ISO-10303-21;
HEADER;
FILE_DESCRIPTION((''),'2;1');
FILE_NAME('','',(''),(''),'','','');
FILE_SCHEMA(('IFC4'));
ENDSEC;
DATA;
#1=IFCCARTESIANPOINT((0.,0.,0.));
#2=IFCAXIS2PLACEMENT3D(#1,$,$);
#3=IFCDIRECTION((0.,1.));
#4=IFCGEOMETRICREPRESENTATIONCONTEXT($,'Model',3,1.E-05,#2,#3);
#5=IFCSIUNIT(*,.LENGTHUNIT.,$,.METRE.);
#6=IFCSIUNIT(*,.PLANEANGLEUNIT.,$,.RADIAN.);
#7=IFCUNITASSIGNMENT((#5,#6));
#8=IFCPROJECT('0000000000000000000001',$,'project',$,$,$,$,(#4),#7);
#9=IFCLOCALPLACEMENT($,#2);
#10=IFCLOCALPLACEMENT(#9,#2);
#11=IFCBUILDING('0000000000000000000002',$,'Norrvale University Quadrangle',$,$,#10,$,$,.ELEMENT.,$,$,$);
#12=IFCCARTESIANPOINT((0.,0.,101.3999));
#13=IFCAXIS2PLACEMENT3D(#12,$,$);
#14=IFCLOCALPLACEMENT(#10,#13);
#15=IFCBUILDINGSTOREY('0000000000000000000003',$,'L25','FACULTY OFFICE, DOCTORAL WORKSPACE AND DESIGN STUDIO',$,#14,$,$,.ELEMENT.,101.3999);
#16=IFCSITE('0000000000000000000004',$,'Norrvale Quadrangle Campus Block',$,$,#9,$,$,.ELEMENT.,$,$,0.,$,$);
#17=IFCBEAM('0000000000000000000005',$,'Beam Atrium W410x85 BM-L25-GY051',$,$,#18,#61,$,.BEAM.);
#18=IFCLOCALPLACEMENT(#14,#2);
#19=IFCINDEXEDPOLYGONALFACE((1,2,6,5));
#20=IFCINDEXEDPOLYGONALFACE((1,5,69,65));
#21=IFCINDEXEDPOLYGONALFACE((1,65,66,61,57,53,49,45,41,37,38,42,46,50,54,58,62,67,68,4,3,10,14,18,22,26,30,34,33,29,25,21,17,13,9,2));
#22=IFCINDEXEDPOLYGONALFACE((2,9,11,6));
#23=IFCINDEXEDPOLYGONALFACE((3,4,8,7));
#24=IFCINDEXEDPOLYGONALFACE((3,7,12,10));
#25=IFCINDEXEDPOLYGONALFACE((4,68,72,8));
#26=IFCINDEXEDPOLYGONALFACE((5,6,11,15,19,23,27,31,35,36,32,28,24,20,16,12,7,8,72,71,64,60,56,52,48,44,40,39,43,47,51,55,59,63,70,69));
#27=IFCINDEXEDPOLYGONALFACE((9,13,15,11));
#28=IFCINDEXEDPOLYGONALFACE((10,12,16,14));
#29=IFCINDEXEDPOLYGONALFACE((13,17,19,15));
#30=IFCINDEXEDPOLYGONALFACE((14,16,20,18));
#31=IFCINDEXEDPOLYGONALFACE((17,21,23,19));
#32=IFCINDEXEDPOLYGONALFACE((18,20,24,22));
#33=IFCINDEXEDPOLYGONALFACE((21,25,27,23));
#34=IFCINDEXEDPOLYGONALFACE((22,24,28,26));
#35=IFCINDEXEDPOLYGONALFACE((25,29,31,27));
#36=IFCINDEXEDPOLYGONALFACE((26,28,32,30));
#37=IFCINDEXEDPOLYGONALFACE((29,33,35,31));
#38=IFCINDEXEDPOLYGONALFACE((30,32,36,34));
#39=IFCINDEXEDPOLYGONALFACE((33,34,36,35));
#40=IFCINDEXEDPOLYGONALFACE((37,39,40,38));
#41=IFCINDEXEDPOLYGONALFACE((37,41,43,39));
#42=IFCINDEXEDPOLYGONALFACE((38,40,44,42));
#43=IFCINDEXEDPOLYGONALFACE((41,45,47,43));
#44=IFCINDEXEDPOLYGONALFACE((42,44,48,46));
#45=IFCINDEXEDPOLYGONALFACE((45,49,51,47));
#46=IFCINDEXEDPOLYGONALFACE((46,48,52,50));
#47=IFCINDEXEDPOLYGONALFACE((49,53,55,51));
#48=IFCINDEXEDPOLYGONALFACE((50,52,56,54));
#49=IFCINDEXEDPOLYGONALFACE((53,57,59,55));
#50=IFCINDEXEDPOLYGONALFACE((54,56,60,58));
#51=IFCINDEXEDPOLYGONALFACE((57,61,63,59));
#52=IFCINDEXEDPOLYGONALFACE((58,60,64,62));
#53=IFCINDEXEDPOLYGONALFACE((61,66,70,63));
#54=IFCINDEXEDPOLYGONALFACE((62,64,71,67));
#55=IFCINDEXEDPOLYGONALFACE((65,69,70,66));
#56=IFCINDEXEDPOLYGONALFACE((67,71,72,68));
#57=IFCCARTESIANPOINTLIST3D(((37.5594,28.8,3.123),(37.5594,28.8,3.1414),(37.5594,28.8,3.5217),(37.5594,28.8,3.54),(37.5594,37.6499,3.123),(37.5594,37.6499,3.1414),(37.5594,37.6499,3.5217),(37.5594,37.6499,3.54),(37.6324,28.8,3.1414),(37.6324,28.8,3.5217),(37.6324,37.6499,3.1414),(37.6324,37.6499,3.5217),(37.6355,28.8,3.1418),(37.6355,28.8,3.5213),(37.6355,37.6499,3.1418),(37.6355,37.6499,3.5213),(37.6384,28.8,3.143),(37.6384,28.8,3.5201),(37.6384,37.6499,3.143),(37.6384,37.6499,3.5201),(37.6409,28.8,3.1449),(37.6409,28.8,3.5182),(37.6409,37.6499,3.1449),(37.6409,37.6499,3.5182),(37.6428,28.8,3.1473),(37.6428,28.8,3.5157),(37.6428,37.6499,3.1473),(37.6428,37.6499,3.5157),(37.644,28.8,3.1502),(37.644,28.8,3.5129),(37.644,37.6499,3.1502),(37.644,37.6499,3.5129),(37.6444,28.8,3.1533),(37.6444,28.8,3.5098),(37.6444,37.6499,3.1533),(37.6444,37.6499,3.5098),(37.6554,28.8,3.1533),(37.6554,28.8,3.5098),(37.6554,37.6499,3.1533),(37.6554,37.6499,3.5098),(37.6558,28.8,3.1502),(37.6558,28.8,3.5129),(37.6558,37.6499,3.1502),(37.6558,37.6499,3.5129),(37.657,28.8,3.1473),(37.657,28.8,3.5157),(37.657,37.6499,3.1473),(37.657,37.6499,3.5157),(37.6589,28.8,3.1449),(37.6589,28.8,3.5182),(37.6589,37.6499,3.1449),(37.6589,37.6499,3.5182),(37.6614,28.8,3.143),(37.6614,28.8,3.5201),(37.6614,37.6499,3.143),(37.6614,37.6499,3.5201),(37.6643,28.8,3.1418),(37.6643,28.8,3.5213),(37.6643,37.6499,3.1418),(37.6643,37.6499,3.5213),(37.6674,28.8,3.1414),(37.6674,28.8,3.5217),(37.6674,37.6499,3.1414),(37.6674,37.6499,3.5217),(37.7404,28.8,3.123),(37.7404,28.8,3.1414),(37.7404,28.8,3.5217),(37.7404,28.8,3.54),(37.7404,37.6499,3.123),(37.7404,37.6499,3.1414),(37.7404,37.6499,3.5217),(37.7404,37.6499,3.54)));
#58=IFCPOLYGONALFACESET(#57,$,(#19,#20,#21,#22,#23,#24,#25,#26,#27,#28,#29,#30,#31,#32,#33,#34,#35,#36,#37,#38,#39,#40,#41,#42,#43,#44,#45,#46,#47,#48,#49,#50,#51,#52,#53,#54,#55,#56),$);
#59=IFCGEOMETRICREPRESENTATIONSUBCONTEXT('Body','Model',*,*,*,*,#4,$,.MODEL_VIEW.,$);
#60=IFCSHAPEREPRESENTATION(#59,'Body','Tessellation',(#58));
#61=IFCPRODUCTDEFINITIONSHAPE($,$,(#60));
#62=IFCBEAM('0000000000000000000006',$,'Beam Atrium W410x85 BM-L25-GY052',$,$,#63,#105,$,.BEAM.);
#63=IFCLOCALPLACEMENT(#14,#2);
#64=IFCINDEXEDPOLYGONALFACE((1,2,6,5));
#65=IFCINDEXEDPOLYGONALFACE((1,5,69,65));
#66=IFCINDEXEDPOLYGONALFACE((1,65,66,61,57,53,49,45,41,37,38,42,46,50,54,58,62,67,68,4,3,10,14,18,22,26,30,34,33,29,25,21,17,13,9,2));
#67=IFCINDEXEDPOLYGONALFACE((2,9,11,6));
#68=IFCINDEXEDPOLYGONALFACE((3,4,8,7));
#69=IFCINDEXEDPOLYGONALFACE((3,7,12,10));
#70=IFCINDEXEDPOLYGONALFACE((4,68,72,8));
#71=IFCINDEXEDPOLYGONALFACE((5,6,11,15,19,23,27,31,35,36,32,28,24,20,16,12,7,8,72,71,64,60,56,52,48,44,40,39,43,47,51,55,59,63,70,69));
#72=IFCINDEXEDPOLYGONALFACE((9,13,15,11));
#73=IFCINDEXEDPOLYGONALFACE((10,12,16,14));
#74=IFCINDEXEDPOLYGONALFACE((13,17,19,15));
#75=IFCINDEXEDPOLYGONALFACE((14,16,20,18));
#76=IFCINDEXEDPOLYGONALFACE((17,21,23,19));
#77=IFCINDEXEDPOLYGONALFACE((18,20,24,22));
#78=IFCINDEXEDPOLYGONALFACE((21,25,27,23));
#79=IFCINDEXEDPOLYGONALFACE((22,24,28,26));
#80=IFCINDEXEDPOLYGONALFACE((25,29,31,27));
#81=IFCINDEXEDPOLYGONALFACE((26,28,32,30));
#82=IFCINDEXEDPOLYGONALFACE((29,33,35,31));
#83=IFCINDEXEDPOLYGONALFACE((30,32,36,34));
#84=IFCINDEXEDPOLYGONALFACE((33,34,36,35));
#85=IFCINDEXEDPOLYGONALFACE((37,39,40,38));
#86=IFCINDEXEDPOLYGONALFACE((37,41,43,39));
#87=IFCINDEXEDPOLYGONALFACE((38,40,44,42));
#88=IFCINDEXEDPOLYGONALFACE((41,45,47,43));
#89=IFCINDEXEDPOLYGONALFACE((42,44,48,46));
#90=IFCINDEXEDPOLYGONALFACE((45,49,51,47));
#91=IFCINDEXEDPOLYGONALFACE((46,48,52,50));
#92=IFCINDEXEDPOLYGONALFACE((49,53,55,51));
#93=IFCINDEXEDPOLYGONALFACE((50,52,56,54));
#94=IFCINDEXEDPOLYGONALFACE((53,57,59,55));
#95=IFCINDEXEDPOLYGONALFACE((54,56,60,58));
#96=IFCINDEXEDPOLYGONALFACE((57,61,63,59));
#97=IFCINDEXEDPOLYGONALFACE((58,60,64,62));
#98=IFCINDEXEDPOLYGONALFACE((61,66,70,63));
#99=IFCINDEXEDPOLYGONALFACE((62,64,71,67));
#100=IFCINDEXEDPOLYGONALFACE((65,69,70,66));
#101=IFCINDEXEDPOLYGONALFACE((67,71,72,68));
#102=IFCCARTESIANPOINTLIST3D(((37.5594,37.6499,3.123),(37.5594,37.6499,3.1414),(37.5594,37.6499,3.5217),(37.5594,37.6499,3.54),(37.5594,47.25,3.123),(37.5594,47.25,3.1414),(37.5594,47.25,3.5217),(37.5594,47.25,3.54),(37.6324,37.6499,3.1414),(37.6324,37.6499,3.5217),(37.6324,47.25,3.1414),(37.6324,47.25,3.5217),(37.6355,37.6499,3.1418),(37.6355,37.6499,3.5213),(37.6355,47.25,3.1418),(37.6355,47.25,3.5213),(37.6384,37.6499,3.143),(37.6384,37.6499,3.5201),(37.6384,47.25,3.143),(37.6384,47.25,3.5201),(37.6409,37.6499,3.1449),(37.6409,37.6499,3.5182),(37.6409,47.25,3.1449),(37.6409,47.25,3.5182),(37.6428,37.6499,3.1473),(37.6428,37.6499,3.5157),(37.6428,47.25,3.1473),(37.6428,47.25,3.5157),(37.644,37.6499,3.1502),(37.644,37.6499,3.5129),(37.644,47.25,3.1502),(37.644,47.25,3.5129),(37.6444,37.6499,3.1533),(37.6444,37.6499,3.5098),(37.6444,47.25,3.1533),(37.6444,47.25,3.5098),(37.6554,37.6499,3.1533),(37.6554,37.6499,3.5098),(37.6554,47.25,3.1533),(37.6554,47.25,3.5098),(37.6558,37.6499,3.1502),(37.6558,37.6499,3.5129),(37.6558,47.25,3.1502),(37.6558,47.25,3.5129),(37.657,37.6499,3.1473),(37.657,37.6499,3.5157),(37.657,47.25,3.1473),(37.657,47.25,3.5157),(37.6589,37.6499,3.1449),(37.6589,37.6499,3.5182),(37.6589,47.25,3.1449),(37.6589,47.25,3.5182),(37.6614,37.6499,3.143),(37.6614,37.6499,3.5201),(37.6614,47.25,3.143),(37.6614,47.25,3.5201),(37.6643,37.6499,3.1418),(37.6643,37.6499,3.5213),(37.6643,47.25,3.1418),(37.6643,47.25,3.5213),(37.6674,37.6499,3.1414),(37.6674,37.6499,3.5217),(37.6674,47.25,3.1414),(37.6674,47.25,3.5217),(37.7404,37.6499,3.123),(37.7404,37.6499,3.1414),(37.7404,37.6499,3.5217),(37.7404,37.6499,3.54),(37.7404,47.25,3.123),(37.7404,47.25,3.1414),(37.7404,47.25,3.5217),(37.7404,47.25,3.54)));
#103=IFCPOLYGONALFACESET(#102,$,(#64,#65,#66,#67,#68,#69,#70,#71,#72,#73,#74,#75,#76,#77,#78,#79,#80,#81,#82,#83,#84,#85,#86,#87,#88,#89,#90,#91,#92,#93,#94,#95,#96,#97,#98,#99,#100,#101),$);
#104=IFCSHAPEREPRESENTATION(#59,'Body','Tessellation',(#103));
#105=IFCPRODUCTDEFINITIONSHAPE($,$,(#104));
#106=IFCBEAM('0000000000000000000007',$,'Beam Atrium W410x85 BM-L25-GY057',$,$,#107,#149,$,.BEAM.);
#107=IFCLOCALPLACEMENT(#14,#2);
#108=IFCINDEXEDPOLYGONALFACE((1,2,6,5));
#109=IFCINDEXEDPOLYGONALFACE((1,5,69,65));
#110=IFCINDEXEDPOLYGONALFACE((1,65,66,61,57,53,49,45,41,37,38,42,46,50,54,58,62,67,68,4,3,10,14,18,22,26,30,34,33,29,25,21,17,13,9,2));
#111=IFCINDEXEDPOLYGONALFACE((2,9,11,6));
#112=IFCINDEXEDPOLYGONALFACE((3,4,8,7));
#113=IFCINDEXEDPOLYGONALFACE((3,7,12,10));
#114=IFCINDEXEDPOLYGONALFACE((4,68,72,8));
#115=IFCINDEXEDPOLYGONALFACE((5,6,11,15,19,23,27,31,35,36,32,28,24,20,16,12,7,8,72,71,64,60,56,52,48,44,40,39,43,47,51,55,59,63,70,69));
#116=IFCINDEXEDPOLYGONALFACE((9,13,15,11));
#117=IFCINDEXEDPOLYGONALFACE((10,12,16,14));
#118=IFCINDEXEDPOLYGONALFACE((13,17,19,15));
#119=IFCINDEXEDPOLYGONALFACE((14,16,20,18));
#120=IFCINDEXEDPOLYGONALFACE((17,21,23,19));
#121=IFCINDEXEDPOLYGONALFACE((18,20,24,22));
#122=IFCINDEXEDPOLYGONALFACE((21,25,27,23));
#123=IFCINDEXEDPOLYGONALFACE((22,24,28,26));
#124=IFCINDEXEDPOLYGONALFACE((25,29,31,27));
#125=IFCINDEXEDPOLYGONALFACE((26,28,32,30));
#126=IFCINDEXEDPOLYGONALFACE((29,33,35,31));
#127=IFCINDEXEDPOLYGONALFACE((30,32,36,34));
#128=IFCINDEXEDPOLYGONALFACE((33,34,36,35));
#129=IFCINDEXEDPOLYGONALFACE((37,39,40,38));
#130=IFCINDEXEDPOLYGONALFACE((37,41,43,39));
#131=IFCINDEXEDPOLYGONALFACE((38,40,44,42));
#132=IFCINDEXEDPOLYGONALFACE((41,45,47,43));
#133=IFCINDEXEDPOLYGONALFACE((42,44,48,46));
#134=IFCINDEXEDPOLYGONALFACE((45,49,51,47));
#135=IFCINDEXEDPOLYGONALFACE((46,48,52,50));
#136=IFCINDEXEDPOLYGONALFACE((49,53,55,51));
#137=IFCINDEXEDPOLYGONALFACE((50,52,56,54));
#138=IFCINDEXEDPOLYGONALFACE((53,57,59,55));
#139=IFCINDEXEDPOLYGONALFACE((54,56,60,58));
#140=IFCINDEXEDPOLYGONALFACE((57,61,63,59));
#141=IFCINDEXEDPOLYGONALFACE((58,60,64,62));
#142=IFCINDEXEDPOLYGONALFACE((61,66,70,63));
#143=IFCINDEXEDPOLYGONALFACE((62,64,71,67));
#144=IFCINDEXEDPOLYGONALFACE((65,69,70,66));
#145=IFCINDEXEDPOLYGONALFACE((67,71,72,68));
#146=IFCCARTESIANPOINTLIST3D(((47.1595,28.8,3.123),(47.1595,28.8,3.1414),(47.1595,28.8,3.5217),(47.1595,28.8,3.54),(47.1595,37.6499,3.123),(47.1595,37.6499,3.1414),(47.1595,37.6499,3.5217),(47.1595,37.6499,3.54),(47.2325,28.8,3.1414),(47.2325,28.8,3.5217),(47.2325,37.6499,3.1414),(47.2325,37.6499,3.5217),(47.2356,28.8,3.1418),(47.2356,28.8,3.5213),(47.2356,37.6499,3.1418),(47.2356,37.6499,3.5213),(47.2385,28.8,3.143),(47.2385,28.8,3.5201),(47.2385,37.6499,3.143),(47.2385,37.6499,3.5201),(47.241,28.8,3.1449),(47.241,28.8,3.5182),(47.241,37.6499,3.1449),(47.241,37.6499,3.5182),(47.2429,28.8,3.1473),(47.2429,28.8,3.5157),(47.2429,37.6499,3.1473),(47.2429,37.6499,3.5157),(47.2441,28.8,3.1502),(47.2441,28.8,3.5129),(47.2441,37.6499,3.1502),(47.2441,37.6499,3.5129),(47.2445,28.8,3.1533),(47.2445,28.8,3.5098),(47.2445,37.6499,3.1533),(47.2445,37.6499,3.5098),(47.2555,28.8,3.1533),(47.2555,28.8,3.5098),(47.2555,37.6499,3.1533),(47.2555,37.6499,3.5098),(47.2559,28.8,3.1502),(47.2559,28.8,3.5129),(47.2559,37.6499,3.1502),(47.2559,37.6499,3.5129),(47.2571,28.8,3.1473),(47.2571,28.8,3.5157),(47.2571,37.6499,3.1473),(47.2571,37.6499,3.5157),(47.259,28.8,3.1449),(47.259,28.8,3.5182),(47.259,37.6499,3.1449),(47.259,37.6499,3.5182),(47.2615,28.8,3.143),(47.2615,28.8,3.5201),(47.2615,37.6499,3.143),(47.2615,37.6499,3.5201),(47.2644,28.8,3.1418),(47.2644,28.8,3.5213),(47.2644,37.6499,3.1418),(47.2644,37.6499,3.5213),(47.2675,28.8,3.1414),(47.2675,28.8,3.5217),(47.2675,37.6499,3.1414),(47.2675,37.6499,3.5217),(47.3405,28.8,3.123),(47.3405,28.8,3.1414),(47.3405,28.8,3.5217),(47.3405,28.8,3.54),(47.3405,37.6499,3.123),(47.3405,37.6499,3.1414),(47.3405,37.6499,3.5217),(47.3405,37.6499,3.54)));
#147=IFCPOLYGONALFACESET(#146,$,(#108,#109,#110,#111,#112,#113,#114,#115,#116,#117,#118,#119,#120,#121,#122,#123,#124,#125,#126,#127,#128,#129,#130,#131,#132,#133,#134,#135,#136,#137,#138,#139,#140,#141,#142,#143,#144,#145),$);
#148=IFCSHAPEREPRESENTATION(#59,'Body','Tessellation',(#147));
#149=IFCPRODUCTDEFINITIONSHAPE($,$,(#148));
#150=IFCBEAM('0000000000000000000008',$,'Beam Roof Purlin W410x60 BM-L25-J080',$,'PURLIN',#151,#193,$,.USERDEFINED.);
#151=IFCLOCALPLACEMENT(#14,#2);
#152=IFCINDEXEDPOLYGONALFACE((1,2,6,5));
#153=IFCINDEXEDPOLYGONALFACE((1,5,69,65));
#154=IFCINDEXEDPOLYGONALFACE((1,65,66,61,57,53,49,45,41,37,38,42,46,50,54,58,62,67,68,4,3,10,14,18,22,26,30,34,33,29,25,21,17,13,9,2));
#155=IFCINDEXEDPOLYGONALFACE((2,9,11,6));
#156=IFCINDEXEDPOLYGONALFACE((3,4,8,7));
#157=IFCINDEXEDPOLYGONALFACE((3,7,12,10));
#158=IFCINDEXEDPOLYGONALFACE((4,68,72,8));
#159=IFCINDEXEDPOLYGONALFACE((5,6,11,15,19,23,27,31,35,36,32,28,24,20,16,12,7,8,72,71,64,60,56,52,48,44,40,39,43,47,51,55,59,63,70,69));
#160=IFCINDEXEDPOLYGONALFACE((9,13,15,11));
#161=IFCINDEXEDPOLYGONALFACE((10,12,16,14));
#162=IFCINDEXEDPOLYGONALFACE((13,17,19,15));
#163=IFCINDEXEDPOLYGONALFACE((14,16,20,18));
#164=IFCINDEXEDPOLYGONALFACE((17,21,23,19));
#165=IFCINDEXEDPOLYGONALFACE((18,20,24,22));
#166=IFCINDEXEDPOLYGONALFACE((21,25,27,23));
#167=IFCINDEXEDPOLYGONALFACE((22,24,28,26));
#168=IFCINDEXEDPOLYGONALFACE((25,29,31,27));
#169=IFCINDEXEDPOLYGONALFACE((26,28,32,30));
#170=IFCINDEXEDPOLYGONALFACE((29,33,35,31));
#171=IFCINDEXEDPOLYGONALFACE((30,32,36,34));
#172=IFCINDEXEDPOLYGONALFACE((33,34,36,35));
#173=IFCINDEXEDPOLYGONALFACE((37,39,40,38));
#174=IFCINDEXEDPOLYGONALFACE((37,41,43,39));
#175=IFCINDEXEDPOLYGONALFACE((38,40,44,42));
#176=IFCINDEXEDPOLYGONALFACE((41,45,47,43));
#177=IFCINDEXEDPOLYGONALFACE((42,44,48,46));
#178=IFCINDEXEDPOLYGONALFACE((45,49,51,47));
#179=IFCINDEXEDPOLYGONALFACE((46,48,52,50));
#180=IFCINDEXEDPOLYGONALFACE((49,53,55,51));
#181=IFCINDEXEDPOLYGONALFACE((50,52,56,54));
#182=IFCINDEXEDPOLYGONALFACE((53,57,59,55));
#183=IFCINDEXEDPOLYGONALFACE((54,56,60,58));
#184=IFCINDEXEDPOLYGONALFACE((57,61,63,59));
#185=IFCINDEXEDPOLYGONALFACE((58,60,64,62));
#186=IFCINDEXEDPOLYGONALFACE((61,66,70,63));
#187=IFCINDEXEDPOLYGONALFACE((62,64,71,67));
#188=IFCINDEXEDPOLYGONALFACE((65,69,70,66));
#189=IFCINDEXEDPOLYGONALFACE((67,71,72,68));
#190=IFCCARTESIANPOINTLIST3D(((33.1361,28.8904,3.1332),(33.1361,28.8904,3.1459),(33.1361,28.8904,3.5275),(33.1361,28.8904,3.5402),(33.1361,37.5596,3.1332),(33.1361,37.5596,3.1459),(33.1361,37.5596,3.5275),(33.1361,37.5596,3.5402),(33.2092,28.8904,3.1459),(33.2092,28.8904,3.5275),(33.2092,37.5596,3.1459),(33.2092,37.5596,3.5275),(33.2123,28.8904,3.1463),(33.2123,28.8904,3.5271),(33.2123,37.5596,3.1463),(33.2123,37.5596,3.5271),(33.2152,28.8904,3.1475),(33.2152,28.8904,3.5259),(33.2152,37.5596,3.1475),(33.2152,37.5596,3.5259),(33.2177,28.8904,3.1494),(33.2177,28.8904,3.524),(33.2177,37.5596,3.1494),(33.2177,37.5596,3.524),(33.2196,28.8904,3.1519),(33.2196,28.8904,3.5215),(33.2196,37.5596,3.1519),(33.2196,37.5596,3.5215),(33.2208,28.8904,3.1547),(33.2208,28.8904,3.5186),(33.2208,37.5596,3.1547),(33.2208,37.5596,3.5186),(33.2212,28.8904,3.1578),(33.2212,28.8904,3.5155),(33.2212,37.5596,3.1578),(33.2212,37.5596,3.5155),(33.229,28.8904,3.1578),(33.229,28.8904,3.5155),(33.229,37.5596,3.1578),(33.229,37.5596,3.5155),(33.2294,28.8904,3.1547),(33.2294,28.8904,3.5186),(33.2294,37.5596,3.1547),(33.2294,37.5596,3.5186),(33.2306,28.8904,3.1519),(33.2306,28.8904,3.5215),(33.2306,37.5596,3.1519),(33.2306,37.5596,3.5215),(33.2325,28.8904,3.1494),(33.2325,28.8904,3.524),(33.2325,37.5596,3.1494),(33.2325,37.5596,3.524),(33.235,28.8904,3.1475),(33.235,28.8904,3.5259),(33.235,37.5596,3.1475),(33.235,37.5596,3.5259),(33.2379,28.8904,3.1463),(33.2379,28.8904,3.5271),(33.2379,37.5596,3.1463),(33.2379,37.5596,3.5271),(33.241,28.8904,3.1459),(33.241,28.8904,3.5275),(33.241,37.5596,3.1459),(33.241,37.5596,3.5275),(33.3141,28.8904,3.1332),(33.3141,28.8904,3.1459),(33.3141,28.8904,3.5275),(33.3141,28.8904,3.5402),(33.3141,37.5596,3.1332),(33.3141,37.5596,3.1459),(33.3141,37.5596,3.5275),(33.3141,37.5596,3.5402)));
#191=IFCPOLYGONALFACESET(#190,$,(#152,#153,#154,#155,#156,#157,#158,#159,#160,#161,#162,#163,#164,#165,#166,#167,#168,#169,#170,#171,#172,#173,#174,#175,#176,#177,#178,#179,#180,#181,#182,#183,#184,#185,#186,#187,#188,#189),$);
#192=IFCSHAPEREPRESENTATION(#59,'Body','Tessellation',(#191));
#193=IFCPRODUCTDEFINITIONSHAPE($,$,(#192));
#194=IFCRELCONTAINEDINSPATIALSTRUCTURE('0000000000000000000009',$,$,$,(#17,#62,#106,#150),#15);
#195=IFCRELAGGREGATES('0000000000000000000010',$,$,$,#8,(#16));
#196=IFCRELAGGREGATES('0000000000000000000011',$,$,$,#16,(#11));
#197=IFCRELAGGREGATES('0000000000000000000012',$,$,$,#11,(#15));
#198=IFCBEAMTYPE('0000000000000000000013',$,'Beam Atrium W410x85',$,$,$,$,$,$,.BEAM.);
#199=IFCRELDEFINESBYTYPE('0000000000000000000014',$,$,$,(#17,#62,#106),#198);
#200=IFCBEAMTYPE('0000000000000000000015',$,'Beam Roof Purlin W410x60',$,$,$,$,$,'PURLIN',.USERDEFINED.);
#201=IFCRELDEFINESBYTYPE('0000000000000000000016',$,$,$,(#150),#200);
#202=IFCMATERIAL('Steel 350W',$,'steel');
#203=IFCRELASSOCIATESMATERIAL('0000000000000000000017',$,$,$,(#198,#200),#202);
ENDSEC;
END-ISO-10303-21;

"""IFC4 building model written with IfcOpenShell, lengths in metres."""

from ifc_helpers import new_model, si_unit, direction, frame, origin, origin_2d, place, context, subcontext, project, spatial, i_section, extrude, material, material_profile, profile_set, type_object, element, save


model = new_model("IFC4")

# Units and contexts
model_context = context("Model", 3, precision=1e-05, world=origin(), true_north=direction((0.0, 1.0)))
body_context = subcontext(model_context, "Body", "Model", "MODEL_VIEW")
ifc_project = project(units=[si_unit("LENGTHUNIT", "METRE"), si_unit("PLANEANGLEUNIT", "RADIAN")], contexts=[model_context])

# Site, building, storey
site_placement = place(None, origin())
site = spatial("IfcSite", under=ifc_project, at=site_placement, Name="Norrvale Quadrangle Campus Block", CompositionType="ELEMENT", RefElevation=0.0)
building_placement = place(site_placement, origin())
building = spatial("IfcBuilding", under=site, at=building_placement, Name="Norrvale University Quadrangle", CompositionType="ELEMENT")
storey_placement = place(building_placement, frame((0.0, 0.0, 101.3999)))
storey = spatial("IfcBuildingStorey", under=building, at=storey_placement, Name="L25", Description="FACULTY OFFICE, DOCTORAL WORKSPACE AND DESIGN STUDIO", CompositionType="ELEMENT", Elevation=101.3999)

# Beams
ifc_material_1 = material(Name="Steel 350W", Category="steel")
ifc_material_profile_1 = material_profile(ifc_material_1, i_section(OverallWidth=0.1809, OverallDepth=0.417, WebThickness=0.011, FlangeThickness=0.0183, FilletRadius=0.012, at=origin_2d()), Name="Steel 350W")
ifc_profile_set_1 = profile_set([ifc_material_profile_1], Name="Steel 350W")
beam_type_1 = type_object("IfcBeamType", Name="Beam Atrium W410x85", PredefinedType="BEAM", material=ifc_profile_set_1)
beam_1_placement = place(storey_placement, frame((37.6499, 28.8, 3.3315), z_axis=(0.0, 1.0, 0.0), x_axis=(-1.0, 0.0, 0.0)))
element("IfcBeam", 1, at=beam_1_placement, inside=storey, type_object=beam_type_1, Name="Beam Atrium W410x85 BM-L25-GY051", PredefinedType="BEAM", context=body_context, shape_type="SweptSolid", body=[
    extrude(i_section(OverallWidth=0.1809, OverallDepth=0.417, WebThickness=0.011, FlangeThickness=0.0183, FilletRadius=0.012, at=origin_2d()), origin(), (0.0, 0.0, 1.0), 8.8499),
])
beam_2_placement = place(storey_placement, frame((37.6499, 37.6499, 3.3315), z_axis=(0.0, 1.0, 0.0), x_axis=(-1.0, 0.0, 0.0)))
element("IfcBeam", 2, at=beam_2_placement, inside=storey, type_object=beam_type_1, Name="Beam Atrium W410x85 BM-L25-GY052", PredefinedType="BEAM", context=body_context, shape_type="SweptSolid", body=[
    extrude(i_section(OverallWidth=0.1809, OverallDepth=0.417, WebThickness=0.011, FlangeThickness=0.0183, FilletRadius=0.012, at=origin_2d()), origin(), (0.0, 0.0, 1.0), 9.6001),
])
beam_3_placement = place(storey_placement, frame((47.25, 28.8, 3.3315), z_axis=(0.0, 1.0, 0.0), x_axis=(-1.0, 0.0, 0.0)))
element("IfcBeam", 3, at=beam_3_placement, inside=storey, type_object=beam_type_1, Name="Beam Atrium W410x85 BM-L25-GY057", PredefinedType="BEAM", context=body_context, shape_type="SweptSolid", body=[
    extrude(i_section(OverallWidth=0.1809, OverallDepth=0.417, WebThickness=0.011, FlangeThickness=0.0183, FilletRadius=0.012, at=origin_2d()), origin(), (0.0, 0.0, 1.0), 8.8499),
])
ifc_material_profile_2 = material_profile(ifc_material_1, i_section(OverallWidth=0.178, OverallDepth=0.407, WebThickness=0.0078, FlangeThickness=0.0127, FilletRadius=0.012, at=origin_2d()), Name="Steel 350W")
ifc_profile_set_2 = profile_set([ifc_material_profile_2], Name="Steel 350W")
beam_type_2 = type_object("IfcBeamType", Name="Beam Roof Purlin W410x60", ElementType="PURLIN", PredefinedType="USERDEFINED", material=ifc_profile_set_2)
for number, where, z_axis, x_axis, name in (
    (4, (33.2251, 28.8904, 3.3367), (0.0, 1.0, 0.0), (-1.0, 0.0, 0.0), "Beam Roof Purlin W410x60 BM-L25-J080"),
):
    element("IfcBeam", number, at=place(storey_placement, frame(where, z_axis=z_axis, x_axis=x_axis)), inside=storey, type_object=beam_type_2, Name=name, ObjectType="PURLIN", PredefinedType="USERDEFINED", context=body_context, shape_type="SweptSolid", body=[
        extrude(i_section(OverallWidth=0.178, OverallDepth=0.407, WebThickness=0.0078, FlangeThickness=0.0127, FilletRadius=0.012, at=origin_2d()), origin(), (0.0, 0.0, 1.0), 8.6692),
    ])

save(model, "model.ifc")
